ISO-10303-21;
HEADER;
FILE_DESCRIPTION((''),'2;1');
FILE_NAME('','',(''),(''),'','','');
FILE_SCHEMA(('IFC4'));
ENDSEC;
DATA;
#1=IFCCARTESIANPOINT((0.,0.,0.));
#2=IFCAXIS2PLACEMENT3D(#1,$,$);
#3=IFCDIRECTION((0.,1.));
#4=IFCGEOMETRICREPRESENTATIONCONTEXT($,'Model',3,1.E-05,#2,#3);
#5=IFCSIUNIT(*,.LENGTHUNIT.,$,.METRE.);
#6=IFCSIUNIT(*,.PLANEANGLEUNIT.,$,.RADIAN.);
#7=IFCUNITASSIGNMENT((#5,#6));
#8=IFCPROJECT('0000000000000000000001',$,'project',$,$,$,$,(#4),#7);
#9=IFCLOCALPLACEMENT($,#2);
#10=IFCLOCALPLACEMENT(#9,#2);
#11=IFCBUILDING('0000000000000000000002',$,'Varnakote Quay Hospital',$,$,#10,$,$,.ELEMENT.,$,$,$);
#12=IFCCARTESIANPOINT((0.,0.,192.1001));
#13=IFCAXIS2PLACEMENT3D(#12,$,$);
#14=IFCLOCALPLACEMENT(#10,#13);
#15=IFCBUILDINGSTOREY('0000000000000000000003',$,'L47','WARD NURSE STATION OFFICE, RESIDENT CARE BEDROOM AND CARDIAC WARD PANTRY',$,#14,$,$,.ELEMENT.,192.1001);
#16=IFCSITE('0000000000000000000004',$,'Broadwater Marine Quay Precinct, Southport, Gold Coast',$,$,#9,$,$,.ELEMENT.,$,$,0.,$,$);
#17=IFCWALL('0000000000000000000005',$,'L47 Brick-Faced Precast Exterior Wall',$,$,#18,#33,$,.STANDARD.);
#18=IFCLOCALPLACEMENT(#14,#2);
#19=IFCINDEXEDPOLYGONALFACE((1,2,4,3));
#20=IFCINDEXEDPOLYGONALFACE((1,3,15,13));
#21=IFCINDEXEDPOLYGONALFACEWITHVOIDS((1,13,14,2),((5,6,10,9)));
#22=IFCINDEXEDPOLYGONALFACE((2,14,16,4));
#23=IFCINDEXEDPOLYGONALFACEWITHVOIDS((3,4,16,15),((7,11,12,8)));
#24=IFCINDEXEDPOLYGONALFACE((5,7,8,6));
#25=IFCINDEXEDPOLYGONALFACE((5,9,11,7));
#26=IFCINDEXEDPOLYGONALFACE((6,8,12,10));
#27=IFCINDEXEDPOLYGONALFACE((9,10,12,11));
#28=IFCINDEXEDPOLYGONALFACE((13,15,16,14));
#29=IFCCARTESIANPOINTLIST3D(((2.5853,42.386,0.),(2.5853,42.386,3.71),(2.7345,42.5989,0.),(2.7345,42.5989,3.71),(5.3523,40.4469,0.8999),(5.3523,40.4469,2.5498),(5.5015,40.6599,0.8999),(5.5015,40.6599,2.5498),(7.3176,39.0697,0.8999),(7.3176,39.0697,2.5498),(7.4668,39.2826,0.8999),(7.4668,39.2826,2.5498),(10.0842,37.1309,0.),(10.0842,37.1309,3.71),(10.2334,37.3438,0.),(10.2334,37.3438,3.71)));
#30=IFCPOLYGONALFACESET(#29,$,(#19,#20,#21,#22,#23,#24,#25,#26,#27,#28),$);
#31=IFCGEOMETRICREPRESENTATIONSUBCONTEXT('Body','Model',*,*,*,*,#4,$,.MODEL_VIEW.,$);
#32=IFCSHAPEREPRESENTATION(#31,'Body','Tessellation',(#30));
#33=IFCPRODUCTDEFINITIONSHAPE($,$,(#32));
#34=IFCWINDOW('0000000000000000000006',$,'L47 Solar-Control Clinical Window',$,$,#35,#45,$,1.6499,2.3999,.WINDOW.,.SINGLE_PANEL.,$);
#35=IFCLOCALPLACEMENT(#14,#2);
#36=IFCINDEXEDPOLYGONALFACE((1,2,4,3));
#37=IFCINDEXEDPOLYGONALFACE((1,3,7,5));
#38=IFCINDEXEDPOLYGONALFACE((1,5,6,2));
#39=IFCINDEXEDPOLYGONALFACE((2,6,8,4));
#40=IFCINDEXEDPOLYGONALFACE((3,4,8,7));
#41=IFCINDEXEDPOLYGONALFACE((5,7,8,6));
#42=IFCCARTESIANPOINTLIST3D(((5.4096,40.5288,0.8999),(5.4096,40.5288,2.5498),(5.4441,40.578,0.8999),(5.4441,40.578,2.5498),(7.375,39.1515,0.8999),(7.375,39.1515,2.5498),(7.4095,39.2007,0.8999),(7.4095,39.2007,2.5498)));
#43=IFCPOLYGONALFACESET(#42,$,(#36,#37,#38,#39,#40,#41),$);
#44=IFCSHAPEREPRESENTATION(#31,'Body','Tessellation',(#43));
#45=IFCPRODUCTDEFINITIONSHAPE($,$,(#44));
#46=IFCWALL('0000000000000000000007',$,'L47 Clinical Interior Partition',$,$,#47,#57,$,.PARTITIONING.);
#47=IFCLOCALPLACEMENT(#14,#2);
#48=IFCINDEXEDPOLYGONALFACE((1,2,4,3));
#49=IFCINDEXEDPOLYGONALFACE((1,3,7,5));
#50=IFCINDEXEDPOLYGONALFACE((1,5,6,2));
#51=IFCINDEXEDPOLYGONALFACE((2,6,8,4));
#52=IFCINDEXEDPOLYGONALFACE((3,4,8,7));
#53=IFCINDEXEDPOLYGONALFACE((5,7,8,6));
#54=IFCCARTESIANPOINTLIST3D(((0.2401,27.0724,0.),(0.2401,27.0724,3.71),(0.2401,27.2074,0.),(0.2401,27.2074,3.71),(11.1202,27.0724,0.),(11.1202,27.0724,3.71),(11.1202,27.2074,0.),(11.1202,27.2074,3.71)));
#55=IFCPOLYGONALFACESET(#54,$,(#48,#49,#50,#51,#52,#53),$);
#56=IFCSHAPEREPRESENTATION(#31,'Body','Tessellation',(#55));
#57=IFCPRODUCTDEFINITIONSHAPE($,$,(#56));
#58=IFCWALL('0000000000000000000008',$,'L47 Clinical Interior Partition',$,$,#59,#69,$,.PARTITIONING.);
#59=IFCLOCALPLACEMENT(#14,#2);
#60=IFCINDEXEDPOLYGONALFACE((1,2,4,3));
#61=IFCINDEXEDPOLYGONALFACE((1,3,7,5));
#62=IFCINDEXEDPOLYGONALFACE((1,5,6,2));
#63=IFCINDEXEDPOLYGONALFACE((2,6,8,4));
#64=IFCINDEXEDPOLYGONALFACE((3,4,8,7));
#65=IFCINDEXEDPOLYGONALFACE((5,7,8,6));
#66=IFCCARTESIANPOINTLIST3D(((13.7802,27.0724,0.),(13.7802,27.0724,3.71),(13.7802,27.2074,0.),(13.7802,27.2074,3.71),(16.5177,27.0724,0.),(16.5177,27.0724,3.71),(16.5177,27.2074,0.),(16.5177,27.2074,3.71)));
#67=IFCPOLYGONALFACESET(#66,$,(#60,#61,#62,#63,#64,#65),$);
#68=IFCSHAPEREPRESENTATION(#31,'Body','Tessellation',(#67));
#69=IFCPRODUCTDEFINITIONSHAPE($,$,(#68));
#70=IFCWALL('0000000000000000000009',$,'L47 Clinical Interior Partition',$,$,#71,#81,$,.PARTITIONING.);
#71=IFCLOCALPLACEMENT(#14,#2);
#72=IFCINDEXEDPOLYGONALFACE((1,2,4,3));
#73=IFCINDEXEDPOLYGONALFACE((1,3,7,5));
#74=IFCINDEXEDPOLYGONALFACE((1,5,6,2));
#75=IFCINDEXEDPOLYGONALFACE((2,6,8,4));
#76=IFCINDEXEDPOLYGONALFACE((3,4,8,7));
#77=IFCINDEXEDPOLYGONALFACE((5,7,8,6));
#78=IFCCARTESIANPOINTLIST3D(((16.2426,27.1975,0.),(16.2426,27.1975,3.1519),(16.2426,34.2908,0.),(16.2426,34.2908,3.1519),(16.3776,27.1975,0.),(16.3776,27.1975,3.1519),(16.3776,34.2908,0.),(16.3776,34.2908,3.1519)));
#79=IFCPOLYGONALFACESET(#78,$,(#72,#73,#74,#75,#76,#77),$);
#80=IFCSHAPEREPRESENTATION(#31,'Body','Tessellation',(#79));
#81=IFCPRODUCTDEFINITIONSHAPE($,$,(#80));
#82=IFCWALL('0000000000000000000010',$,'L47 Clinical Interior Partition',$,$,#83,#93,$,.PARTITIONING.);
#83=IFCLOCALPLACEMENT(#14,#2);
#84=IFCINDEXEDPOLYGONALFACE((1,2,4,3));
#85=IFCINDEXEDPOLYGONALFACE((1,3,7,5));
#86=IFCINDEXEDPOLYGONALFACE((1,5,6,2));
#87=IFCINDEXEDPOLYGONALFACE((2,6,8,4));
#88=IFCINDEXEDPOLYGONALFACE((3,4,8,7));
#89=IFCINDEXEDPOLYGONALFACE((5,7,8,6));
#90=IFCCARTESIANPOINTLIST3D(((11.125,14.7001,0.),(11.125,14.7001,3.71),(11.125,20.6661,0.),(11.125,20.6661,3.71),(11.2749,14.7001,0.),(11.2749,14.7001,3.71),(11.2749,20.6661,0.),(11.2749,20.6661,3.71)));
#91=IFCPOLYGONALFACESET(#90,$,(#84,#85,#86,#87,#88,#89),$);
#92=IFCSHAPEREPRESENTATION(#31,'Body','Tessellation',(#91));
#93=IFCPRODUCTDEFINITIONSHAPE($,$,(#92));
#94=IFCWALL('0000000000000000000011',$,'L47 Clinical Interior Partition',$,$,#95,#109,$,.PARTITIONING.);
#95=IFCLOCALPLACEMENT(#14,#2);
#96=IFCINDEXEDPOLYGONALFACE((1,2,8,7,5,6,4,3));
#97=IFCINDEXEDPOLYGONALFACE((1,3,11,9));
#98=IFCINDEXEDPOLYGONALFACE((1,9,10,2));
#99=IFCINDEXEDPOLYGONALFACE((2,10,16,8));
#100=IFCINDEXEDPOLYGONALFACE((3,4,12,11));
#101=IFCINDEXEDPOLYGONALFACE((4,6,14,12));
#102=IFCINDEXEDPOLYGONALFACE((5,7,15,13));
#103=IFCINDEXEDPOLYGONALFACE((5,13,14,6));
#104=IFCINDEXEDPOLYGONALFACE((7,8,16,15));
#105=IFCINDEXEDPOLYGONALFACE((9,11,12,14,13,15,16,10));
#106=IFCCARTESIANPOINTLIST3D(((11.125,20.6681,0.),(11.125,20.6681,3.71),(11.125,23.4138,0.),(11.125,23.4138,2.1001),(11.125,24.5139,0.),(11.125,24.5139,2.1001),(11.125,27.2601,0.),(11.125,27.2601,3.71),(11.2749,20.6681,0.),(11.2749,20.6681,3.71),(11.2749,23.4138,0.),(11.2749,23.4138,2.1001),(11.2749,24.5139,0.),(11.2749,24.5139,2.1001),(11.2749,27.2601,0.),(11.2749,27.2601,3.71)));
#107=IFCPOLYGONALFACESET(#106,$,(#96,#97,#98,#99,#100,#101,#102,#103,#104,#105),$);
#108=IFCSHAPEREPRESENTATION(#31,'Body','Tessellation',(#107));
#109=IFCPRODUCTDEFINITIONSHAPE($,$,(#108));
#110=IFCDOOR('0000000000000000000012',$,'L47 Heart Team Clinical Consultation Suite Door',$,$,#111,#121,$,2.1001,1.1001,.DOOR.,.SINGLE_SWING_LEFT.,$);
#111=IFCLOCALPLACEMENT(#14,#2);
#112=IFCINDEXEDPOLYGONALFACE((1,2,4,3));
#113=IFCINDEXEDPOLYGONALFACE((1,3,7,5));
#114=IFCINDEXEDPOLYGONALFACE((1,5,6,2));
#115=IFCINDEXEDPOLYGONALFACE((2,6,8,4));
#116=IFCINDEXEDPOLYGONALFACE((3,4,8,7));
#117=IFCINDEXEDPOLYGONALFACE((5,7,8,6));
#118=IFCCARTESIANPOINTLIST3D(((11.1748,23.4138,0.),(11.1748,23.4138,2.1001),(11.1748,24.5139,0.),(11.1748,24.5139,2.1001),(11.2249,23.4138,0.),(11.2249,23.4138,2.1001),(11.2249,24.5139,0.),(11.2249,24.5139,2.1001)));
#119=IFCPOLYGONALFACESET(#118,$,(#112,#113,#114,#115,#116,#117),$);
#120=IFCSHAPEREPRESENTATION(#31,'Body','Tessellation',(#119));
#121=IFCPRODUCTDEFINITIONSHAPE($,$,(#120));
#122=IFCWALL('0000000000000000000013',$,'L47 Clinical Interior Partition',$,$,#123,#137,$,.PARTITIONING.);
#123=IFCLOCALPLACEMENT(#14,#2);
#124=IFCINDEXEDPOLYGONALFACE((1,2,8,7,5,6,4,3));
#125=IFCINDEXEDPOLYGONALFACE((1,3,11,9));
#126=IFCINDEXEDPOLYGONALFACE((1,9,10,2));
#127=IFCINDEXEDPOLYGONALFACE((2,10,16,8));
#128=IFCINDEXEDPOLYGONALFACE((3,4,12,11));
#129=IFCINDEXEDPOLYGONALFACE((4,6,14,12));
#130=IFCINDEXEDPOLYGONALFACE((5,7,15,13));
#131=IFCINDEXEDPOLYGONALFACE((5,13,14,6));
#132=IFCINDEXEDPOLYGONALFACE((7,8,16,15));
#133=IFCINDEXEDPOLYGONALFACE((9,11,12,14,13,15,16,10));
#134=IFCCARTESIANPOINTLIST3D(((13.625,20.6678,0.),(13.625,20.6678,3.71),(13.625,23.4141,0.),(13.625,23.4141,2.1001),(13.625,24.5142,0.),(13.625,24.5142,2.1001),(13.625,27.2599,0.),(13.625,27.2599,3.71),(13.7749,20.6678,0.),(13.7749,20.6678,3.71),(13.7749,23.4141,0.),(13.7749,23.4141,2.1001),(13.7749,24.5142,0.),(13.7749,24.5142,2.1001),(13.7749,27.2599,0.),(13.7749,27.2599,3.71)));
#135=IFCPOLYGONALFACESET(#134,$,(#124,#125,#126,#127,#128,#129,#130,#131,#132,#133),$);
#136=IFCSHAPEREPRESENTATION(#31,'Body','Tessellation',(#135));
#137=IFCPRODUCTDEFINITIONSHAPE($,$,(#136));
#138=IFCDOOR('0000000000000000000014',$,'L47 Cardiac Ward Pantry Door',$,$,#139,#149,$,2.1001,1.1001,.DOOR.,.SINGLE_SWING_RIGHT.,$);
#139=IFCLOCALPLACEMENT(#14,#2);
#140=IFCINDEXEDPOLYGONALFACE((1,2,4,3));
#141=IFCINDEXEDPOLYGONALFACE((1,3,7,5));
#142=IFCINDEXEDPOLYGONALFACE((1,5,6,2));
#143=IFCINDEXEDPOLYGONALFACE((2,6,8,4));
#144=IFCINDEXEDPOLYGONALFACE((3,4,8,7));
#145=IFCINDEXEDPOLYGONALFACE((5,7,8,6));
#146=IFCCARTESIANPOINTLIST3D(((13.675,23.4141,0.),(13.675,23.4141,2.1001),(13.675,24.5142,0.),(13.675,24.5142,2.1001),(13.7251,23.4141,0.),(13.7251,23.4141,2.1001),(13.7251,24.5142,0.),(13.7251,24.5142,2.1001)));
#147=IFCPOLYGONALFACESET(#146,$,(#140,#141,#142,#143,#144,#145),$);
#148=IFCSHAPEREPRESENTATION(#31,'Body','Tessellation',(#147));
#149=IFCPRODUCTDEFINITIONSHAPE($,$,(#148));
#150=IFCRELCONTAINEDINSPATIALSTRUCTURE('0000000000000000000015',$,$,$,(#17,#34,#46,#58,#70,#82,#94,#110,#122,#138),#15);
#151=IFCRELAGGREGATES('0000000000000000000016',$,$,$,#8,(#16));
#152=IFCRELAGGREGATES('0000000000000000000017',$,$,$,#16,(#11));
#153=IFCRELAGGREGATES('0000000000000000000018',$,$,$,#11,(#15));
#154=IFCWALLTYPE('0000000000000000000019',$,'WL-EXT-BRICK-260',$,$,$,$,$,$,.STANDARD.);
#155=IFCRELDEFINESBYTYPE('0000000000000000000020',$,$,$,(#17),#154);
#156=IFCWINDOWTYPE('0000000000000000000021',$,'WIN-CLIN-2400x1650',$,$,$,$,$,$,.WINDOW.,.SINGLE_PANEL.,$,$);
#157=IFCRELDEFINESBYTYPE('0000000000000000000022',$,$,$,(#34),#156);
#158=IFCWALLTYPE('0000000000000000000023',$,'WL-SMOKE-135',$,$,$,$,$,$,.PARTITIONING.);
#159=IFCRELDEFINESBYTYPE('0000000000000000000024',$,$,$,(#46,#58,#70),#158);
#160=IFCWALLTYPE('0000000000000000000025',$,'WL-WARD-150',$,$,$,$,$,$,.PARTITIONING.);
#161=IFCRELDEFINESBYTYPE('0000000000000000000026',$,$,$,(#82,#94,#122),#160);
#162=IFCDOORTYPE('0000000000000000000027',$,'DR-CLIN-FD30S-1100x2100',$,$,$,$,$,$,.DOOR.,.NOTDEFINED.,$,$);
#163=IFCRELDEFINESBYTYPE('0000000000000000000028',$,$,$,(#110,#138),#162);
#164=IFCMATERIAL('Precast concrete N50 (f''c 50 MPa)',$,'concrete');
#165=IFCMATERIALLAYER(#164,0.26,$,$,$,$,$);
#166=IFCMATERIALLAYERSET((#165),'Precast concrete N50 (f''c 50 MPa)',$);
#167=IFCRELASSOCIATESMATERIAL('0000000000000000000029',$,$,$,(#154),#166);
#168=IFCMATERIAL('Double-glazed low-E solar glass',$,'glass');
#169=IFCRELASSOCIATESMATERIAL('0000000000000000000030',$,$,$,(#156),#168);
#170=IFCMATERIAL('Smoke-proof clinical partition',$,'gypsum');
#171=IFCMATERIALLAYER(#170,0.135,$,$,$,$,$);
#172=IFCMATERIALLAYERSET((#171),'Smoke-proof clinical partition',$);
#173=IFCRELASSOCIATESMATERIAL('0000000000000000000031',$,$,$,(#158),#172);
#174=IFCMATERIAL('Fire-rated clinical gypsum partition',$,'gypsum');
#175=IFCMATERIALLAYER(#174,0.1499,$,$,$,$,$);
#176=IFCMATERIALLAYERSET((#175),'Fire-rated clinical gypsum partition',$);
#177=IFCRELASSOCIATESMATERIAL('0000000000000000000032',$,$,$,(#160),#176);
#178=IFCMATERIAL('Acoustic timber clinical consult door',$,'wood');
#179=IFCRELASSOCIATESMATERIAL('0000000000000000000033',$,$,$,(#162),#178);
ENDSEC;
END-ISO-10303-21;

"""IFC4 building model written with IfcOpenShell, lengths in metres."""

from ifc_helpers import new_model, si_unit, direction, frame, frame_2d, origin, place, context, subcontext, project, spatial, rectangle, extrude, material, layer, layer_set, type_object, element, fill, save


model = new_model("IFC4")

# Units and contexts
model_context = context("Model", 3, precision=1e-05, world=origin(), true_north=direction((0.0, 1.0)))
body_context = subcontext(model_context, "Body", "Model", "MODEL_VIEW")
ifc_project = project(units=[si_unit("LENGTHUNIT", "METRE"), si_unit("PLANEANGLEUNIT", "RADIAN")], contexts=[model_context])

# Site, building, storey
site_placement = place(None, origin())
site = spatial("IfcSite", under=ifc_project, at=site_placement, Name="Broadwater Marine Quay Precinct, Southport, Gold Coast", CompositionType="ELEMENT", RefElevation=0.0)
building_placement = place(site_placement, origin())
building = spatial("IfcBuilding", under=site, at=building_placement, Name="Varnakote Quay Hospital", CompositionType="ELEMENT")
storey_placement = place(building_placement, frame((0.0, 0.0, 192.1001)))
storey = spatial("IfcBuildingStorey", under=building, at=storey_placement, Name="L47", Description="WARD NURSE STATION OFFICE, RESIDENT CARE BEDROOM AND CARDIAC WARD PANTRY", CompositionType="ELEMENT", Elevation=192.1001)

# Wall, opening, window
ifc_material_1 = material(Name="Precast concrete N50 (f'c 50 MPa)", Category="concrete")
ifc_layer_1 = layer(ifc_material_1, 0.26)
ifc_layer_set_1 = layer_set([ifc_layer_1], Name="Precast concrete N50 (f'c 50 MPa)")
wall_type_1 = type_object("IfcWallType", Name="WL-EXT-BRICK-260", PredefinedType="STANDARD", material=ifc_layer_set_1)
ifc_material_2 = material(Name="Double-glazed low-E solar glass", Category="glass")
window_type = type_object("IfcWindowType", Name="WIN-CLIN-2400x1650", PartitioningType="SINGLE_PANEL", PredefinedType="WINDOW", material=ifc_material_2)
wall_1_placement = place(storey_placement, frame((10.1589, 37.2373, 0.0), z_axis=(0.0, 0.0, 1.0), x_axis=(-0.818934, 0.573888, 0.0)))
wall_1 = element("IfcWall", 1, at=wall_1_placement, inside=storey, type_object=wall_type_1, Name="L47 Brick-Faced Precast Exterior Wall", PredefinedType="STANDARD", context=body_context, shape_type="SweptSolid", body=[
    extrude(rectangle(XDim=9.157, YDim=0.26, at=frame_2d((4.5786, 0.0))), origin(), (0.0, 0.0, 1.0), 3.71),
])
opening_1_placement = place(wall_1_placement, frame((3.3784, 0.0, 0.8999)))
opening_1 = element("IfcOpeningElement", 2, at=opening_1_placement, cuts=wall_1, PredefinedType="OPENING", context=body_context, shape_type="SweptSolid", body=[
    extrude(rectangle(XDim=2.3999, YDim=1.6499, at=frame_2d((1.2, 0.825))), frame((0.0, 0.1399, 0.0), z_axis=(0.0, -1.0, 0.0), x_axis=(1.0, 0.0, 0.0)), (0.0, 0.0, 1.0), 0.28),
])
window_1_placement = place(opening_1_placement, origin())
window_1 = element("IfcWindow", 3, at=window_1_placement, inside=storey, type_object=window_type, Name="L47 Solar-Control Clinical Window", OverallHeight=1.6499, OverallWidth=2.3999, PartitioningType="SINGLE_PANEL", PredefinedType="WINDOW", context=body_context, shape_type="SweptSolid", body=[
    extrude(rectangle(XDim=2.3999, YDim=1.6499, at=frame_2d((1.2, 0.825))), frame((0.0, 0.03, 0.0), z_axis=(0.0, -1.0, 0.0), x_axis=(1.0, 0.0, 0.0)), (0.0, 0.0, 1.0), 0.0601),
])
fill(opening_1, window_1)

# Walls
ifc_material_3 = material(Name="Smoke-proof clinical partition", Category="gypsum")
ifc_layer_2 = layer(ifc_material_3, 0.135)
ifc_layer_set_2 = layer_set([ifc_layer_2], Name="Smoke-proof clinical partition")
wall_type_2 = type_object("IfcWallType", Name="WL-SMOKE-135", PredefinedType="PARTITIONING", material=ifc_layer_set_2)
wall_2_placement = place(storey_placement, frame((11.1201, 27.1399, 0.0), z_axis=(0.0, 0.0, 1.0), x_axis=(-1.0, 0.0, 0.0)))
element("IfcWall", 4, at=wall_2_placement, inside=storey, type_object=wall_type_2, Name="L47 Clinical Interior Partition", PredefinedType="PARTITIONING", context=body_context, shape_type="SweptSolid", body=[
    extrude(rectangle(XDim=10.8801, YDim=0.135, at=frame_2d((5.4399, 0.0))), origin(), (0.0, 0.0, 1.0), 3.71),
])
wall_3_placement = place(storey_placement, frame((16.5176, 27.1399, 0.0), z_axis=(0.0, 0.0, 1.0), x_axis=(-1.0, 0.0, 0.0)))
element("IfcWall", 5, at=wall_3_placement, inside=storey, type_object=wall_type_2, Name="L47 Clinical Interior Partition", PredefinedType="PARTITIONING", context=body_context, shape_type="SweptSolid", body=[
    extrude(rectangle(XDim=2.7375, YDim=0.135, at=frame_2d((1.3687, 0.0))), origin(), (0.0, 0.0, 1.0), 3.71),
])
wall_4_placement = place(storey_placement, frame((16.3101, 27.1975, 0.0), z_axis=(0.0, 0.0, 1.0), x_axis=(0.0, 1.0, 0.0)))
element("IfcWall", 6, at=wall_4_placement, inside=storey, type_object=wall_type_2, Name="L47 Clinical Interior Partition", PredefinedType="PARTITIONING", context=body_context, shape_type="SweptSolid", body=[
    extrude(rectangle(XDim=7.0933, YDim=0.135, at=frame_2d((3.5466, 0.0))), origin(), (0.0, 0.0, 1.0), 3.1519),
])
ifc_material_4 = material(Name="Fire-rated clinical gypsum partition", Category="gypsum")
ifc_layer_3 = layer(ifc_material_4, 0.1499)
ifc_layer_set_3 = layer_set([ifc_layer_3], Name="Fire-rated clinical gypsum partition")
wall_type_3 = type_object("IfcWallType", Name="WL-WARD-150", PredefinedType="PARTITIONING", material=ifc_layer_set_3)
wall_5_placement = place(storey_placement, frame((11.2, 20.666, 0.0), z_axis=(0.0, 0.0, 1.0), x_axis=(0.0, -1.0, 0.0)))
element("IfcWall", 7, at=wall_5_placement, inside=storey, type_object=wall_type_3, Name="L47 Clinical Interior Partition", PredefinedType="PARTITIONING", context=body_context, shape_type="SweptSolid", body=[
    extrude(rectangle(XDim=5.9661, YDim=0.1499, at=frame_2d((2.9829, 0.0))), origin(), (0.0, 0.0, 1.0), 3.71),
])

# Walls, openings, doors
wall_6_placement = place(storey_placement, frame((11.2, 27.26, 0.0), z_axis=(0.0, 0.0, 1.0), x_axis=(0.0, -1.0, 0.0)))
wall_6 = element("IfcWall", 8, at=wall_6_placement, inside=storey, type_object=wall_type_3, Name="L47 Clinical Interior Partition", PredefinedType="PARTITIONING", context=body_context, shape_type="SweptSolid", body=[
    extrude(rectangle(XDim=6.592, YDim=0.1499, at=frame_2d((3.2959, 0.0))), origin(), (0.0, 0.0, 1.0), 3.71),
])
opening_2_placement = place(wall_6_placement, frame((2.7461, 0.0, 0.0)))
opening_2 = element("IfcOpeningElement", 9, at=opening_2_placement, cuts=wall_6, PredefinedType="OPENING", context=body_context, shape_type="SweptSolid", body=[
    extrude(rectangle(XDim=1.1001, YDim=2.1001, at=frame_2d((0.55, 1.05))), frame((0.0, 0.085, 0.0), z_axis=(0.0, -1.0, 0.0), x_axis=(1.0, 0.0, 0.0)), (0.0, 0.0, 1.0), 0.1699),
])
ifc_material_5 = material(Name="Acoustic timber clinical consult door", Category="wood")
door_type = type_object("IfcDoorType", Name="DR-CLIN-FD30S-1100x2100", OperationType="NOTDEFINED", PredefinedType="DOOR", material=ifc_material_5)
door_1_placement = place(opening_2_placement, origin())
door_1 = element("IfcDoor", 10, at=door_1_placement, inside=storey, type_object=door_type, Name="L47 Heart Team Clinical Consultation Suite Door", OperationType="SINGLE_SWING_LEFT", OverallHeight=2.1001, OverallWidth=1.1001, PredefinedType="DOOR", context=body_context, shape_type="SweptSolid", body=[
    extrude(rectangle(XDim=1.1001, YDim=2.1001, at=frame_2d((0.55, 1.05))), frame((0.0, 0.0249, 0.0), z_axis=(0.0, -1.0, 0.0), x_axis=(1.0, 0.0, 0.0)), (0.0, 0.0, 1.0), 0.05),
])
fill(opening_2, door_1)
wall_7_placement = place(storey_placement, frame((13.7, 20.668, 0.0), z_axis=(0.0, 0.0, 1.0), x_axis=(0.0, 1.0, 0.0)))
wall_7 = element("IfcWall", 11, at=wall_7_placement, inside=storey, type_object=wall_type_3, Name="L47 Clinical Interior Partition", PredefinedType="PARTITIONING", context=body_context, shape_type="SweptSolid", body=[
    extrude(rectangle(XDim=6.592, YDim=0.1499, at=frame_2d((3.2959, 0.0))), origin(), (0.0, 0.0, 1.0), 3.71),
])
opening_3_placement = place(wall_7_placement, frame((2.7461, 0.0, 0.0)))
opening_3 = element("IfcOpeningElement", 12, at=opening_3_placement, cuts=wall_7, PredefinedType="OPENING", context=body_context, shape_type="SweptSolid", body=[
    extrude(rectangle(XDim=1.1001, YDim=2.1001, at=frame_2d((0.55, 1.05))), frame((0.0, 0.085, 0.0), z_axis=(0.0, -1.0, 0.0), x_axis=(1.0, 0.0, 0.0)), (0.0, 0.0, 1.0), 0.1699),
])
door_2_placement = place(opening_3_placement, origin())
door_2 = element("IfcDoor", 13, at=door_2_placement, inside=storey, type_object=door_type, Name="L47 Cardiac Ward Pantry Door", OperationType="SINGLE_SWING_RIGHT", OverallHeight=2.1001, OverallWidth=1.1001, PredefinedType="DOOR", context=body_context, shape_type="SweptSolid", body=[
    extrude(rectangle(XDim=1.1001, YDim=2.1001, at=frame_2d((0.55, 1.05))), frame((0.0, 0.0249, 0.0), z_axis=(0.0, -1.0, 0.0), x_axis=(1.0, 0.0, 0.0)), (0.0, 0.0, 1.0), 0.05),
])
fill(opening_3, door_2)

save(model, "model.ifc")
